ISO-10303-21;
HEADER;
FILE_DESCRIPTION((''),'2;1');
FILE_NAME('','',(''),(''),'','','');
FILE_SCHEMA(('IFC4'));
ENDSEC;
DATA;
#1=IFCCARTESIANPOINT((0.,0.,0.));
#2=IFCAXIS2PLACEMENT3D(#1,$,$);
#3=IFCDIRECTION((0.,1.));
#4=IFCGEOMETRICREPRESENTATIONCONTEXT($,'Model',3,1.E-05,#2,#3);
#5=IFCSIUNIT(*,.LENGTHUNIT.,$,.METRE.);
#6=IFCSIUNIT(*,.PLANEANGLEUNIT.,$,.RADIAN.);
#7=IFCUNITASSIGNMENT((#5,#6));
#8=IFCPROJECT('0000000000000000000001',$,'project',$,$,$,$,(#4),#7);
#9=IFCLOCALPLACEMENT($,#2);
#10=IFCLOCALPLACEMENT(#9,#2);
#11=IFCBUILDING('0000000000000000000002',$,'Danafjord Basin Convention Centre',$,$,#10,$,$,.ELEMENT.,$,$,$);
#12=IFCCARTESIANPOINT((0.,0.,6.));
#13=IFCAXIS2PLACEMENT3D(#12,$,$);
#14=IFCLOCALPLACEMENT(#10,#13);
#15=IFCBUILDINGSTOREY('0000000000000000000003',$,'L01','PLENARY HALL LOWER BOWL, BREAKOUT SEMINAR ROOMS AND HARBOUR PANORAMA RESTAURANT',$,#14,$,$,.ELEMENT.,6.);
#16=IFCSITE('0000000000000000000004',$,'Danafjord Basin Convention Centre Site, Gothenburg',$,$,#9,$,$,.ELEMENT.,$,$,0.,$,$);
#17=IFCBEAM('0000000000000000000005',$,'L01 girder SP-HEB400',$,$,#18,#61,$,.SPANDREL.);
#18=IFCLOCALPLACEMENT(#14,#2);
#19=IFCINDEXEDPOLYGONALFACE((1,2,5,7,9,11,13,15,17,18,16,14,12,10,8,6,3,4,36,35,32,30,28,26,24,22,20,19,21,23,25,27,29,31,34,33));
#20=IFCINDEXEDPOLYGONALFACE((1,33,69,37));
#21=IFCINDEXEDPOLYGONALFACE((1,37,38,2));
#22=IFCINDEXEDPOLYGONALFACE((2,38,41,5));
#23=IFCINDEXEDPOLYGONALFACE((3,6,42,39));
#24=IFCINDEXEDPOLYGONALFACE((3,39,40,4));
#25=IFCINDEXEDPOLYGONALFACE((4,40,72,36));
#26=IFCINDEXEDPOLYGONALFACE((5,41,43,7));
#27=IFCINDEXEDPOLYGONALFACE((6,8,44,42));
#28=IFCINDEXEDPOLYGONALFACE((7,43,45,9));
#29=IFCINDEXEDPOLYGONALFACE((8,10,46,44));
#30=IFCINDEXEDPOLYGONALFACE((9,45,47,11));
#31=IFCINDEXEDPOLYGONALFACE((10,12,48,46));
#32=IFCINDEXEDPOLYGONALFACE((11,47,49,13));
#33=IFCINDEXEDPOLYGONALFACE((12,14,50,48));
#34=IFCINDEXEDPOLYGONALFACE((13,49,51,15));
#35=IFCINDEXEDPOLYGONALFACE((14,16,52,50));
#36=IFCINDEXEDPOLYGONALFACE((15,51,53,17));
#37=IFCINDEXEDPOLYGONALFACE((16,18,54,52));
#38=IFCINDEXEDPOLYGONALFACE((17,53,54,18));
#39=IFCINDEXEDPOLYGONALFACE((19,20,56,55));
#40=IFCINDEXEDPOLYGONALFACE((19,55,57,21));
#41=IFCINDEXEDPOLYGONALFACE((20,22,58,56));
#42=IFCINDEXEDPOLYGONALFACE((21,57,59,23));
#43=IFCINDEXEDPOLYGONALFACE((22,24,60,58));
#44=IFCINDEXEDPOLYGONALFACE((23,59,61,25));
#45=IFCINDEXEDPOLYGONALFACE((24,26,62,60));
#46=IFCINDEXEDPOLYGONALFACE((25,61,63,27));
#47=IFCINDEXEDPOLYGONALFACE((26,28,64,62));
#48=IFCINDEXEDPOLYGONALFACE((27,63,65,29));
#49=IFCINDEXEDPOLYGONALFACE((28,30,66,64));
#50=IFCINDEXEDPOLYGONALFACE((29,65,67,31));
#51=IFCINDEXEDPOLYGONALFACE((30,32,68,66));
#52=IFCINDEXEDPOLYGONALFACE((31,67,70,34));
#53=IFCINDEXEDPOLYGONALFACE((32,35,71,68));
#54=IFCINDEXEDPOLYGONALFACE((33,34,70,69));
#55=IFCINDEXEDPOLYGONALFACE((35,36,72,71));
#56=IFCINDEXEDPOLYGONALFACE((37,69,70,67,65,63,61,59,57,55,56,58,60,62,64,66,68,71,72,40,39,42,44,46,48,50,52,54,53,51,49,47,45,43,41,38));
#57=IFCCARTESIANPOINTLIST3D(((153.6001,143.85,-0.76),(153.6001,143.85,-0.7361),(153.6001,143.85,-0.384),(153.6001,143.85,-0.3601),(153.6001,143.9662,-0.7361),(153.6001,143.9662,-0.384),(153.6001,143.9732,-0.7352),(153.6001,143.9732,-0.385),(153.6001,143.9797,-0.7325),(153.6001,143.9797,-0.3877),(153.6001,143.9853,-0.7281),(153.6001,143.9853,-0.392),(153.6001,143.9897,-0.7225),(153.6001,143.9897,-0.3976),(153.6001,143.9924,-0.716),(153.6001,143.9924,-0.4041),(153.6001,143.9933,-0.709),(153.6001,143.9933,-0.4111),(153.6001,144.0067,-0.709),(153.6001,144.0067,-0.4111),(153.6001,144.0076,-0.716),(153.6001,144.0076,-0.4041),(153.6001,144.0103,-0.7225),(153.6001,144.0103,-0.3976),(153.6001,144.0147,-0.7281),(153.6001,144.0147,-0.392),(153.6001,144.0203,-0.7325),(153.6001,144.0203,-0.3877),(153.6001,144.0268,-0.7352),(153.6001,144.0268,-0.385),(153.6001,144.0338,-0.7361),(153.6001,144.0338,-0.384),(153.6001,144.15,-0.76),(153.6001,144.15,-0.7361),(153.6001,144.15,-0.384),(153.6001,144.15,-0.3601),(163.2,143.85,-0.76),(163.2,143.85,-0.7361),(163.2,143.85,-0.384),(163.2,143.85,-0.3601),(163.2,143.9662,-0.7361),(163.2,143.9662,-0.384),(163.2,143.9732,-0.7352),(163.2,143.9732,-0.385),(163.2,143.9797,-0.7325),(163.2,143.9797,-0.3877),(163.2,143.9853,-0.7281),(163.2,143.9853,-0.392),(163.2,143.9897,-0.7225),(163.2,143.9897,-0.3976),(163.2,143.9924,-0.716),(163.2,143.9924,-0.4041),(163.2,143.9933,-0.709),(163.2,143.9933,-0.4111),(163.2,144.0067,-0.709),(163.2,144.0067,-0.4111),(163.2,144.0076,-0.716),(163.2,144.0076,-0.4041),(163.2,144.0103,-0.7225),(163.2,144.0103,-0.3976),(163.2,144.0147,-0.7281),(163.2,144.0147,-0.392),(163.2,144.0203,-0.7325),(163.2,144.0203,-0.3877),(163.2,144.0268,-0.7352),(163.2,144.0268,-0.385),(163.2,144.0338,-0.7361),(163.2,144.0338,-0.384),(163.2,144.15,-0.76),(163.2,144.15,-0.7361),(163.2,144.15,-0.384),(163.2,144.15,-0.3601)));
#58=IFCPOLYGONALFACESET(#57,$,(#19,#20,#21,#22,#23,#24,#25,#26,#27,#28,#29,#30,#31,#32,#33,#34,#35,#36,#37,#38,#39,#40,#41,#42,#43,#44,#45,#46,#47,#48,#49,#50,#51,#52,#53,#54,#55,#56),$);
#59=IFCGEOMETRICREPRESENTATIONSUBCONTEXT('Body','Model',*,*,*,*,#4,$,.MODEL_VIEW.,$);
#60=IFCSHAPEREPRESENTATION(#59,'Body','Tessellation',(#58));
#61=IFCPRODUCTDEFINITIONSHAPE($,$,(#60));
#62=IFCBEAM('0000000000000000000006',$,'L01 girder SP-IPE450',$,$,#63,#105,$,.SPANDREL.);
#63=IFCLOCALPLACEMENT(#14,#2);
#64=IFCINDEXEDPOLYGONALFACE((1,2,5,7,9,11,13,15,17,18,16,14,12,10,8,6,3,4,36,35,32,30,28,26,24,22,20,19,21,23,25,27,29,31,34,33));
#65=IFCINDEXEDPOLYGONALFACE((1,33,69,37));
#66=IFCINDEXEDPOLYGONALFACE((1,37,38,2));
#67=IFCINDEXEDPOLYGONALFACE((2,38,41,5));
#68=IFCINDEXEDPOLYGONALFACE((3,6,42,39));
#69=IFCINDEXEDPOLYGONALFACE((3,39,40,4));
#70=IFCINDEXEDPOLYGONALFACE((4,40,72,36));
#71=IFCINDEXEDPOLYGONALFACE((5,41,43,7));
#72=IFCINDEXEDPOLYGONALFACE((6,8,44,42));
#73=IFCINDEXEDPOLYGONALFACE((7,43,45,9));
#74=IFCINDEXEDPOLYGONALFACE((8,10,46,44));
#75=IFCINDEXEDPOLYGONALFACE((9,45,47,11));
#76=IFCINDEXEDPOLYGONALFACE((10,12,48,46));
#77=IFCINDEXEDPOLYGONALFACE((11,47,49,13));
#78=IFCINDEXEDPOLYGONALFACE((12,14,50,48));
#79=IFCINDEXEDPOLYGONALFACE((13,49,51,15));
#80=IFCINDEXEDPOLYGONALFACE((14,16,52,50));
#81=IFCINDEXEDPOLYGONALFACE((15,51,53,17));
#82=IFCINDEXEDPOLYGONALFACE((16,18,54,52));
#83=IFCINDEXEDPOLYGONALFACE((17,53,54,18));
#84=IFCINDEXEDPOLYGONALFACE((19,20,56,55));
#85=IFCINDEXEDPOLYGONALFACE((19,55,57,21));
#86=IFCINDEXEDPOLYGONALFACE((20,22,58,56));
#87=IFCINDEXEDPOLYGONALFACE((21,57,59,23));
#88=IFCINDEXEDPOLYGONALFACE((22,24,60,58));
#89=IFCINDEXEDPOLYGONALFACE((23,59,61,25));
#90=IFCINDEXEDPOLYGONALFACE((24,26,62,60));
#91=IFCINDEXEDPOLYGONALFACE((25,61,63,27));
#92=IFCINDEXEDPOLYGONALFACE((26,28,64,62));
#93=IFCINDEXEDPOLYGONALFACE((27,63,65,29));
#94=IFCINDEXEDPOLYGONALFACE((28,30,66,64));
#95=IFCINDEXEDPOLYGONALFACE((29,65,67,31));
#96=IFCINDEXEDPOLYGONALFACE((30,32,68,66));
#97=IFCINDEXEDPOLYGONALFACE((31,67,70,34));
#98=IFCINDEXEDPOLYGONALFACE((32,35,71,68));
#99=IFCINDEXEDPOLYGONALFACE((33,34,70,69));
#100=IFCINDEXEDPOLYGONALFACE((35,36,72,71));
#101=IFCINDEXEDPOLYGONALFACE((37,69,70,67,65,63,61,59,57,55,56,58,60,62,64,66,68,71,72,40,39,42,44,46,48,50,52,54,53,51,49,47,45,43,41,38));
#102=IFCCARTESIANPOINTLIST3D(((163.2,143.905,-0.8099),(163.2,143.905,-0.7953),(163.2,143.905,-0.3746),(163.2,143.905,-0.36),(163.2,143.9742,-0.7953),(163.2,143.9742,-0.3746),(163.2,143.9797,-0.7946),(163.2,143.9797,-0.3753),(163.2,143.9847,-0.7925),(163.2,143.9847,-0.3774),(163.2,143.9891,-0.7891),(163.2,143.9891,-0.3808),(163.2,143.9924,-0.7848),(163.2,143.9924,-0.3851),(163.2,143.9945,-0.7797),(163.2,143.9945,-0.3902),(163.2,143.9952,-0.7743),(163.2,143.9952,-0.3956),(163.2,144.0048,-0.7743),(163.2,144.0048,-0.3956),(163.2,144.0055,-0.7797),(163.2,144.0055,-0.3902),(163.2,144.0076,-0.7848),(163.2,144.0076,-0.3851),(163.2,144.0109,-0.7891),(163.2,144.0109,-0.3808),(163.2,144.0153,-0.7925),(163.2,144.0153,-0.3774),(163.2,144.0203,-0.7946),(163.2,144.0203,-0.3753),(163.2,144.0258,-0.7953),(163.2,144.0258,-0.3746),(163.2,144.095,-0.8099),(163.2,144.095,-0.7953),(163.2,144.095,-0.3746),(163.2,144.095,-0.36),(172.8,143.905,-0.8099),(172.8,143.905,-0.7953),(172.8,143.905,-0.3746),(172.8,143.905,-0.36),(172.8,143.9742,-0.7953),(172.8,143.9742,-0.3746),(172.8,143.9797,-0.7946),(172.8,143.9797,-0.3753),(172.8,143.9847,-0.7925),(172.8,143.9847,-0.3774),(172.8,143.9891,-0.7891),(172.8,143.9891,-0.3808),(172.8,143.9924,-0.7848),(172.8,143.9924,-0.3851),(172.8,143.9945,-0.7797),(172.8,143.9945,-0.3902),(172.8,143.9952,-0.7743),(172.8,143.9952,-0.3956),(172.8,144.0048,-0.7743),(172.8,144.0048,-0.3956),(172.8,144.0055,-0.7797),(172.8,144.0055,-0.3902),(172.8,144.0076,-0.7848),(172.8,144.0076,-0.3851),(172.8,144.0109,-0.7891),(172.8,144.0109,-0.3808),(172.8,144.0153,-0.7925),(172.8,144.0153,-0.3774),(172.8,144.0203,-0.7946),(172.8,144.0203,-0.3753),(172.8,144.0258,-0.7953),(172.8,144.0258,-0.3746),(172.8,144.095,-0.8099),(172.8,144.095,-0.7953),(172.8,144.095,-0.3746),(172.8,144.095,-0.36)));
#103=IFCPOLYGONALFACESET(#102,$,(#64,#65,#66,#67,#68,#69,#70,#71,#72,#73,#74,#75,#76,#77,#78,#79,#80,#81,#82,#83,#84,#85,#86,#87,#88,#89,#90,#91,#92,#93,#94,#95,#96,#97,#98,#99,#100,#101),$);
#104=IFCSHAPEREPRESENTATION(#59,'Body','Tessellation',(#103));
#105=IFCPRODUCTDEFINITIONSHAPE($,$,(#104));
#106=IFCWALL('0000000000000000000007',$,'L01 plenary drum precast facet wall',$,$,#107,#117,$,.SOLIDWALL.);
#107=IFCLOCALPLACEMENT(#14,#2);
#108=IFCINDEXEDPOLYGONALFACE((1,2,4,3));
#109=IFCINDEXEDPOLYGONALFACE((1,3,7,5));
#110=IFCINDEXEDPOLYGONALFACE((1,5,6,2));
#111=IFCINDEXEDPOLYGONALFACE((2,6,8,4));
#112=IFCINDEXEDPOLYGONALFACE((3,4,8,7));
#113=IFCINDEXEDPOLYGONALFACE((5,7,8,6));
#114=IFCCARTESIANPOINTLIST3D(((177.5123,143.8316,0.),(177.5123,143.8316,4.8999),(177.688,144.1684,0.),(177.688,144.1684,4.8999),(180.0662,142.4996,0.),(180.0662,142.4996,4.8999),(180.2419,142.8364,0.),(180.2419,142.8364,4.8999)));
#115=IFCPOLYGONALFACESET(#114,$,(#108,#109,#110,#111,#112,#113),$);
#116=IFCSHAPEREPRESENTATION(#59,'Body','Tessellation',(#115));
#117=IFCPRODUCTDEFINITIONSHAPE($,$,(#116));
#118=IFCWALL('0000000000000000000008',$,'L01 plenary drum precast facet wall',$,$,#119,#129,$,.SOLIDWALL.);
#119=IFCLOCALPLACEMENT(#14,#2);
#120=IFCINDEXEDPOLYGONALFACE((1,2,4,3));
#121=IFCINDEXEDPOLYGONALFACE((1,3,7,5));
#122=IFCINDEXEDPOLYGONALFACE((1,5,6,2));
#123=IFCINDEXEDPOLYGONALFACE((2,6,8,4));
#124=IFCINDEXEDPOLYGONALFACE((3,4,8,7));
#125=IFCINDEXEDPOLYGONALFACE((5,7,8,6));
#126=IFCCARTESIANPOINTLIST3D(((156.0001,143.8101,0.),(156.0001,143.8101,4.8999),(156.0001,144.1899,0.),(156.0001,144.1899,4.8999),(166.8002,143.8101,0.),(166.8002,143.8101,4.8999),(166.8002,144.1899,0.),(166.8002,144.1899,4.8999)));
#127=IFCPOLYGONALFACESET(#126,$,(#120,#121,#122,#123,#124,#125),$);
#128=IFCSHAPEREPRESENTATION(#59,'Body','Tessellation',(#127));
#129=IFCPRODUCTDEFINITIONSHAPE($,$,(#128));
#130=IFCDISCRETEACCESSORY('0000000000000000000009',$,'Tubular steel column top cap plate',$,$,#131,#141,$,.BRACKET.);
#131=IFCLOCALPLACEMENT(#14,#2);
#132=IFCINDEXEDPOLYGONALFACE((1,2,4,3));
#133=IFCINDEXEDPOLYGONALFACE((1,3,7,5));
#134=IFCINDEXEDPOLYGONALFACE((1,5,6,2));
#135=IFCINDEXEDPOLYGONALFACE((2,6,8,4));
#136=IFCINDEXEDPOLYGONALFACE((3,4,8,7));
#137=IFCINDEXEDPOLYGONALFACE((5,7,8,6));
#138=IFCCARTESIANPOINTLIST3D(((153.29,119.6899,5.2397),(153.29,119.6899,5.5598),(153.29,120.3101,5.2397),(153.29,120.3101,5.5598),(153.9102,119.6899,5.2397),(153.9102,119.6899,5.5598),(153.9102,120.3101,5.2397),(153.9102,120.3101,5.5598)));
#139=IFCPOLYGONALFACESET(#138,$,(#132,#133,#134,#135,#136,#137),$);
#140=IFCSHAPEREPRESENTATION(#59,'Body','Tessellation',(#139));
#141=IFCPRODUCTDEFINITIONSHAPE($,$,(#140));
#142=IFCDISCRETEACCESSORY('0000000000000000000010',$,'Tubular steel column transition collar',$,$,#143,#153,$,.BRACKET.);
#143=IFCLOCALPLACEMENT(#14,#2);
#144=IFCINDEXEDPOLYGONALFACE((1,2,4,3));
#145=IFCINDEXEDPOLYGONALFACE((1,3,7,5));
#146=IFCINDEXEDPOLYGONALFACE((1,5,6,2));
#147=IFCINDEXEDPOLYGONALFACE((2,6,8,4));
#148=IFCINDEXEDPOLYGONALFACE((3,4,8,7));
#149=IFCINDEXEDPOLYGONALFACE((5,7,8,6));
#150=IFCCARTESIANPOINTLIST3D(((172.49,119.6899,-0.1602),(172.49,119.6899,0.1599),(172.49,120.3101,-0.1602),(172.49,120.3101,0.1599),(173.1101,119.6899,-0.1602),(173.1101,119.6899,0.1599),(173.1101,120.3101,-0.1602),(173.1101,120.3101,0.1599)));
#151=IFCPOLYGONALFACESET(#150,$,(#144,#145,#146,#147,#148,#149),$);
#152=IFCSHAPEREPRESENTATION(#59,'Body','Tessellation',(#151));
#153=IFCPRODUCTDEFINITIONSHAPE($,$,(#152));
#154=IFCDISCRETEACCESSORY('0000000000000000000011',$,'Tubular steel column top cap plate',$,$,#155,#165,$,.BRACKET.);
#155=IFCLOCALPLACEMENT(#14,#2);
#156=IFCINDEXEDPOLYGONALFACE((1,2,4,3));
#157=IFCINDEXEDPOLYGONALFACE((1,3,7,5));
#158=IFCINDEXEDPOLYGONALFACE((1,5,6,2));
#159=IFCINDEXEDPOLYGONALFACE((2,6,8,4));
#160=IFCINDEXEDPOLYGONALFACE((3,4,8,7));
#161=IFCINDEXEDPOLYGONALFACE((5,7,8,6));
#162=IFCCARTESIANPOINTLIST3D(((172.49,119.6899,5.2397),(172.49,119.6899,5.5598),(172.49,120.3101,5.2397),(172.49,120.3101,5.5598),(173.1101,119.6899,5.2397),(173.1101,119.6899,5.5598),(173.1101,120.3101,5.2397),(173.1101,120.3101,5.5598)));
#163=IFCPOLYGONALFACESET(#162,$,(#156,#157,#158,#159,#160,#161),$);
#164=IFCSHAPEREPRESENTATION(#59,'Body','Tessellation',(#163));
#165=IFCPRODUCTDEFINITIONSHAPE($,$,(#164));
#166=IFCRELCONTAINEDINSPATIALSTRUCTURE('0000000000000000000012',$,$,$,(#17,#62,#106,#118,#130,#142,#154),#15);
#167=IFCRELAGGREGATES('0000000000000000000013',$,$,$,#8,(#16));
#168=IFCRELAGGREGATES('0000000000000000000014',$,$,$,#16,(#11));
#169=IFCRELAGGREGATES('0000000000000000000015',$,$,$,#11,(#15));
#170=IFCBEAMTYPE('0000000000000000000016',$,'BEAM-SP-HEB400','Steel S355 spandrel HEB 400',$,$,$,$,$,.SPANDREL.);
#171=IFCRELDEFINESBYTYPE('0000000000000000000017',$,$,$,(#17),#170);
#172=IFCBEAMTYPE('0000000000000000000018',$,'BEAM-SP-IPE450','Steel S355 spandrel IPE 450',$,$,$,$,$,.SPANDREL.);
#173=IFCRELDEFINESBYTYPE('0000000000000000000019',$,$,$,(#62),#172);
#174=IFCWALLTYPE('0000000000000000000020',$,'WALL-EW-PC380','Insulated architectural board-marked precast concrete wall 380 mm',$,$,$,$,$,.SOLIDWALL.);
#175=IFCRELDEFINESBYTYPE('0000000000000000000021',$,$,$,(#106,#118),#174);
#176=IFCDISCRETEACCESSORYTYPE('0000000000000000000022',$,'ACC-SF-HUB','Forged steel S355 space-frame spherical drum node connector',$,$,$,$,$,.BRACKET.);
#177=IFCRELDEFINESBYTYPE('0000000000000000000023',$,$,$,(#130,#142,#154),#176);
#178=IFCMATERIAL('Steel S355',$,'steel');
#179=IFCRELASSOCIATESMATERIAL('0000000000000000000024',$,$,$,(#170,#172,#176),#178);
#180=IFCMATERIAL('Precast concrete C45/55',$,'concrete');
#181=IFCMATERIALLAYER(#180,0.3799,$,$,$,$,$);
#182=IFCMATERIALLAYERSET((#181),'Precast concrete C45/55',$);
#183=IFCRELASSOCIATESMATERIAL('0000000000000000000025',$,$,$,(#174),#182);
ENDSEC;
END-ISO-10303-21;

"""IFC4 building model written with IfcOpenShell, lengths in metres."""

from ifc_helpers import new_model, si_unit, direction, frame, frame_2d, origin, origin_2d, place, context, subcontext, project, spatial, rectangle, i_section, extrude, material, layer, layer_set, material_profile, profile_set, type_object, element, save


model = new_model("IFC4")

# Units and contexts
model_context = context("Model", 3, precision=1e-05, world=origin(), true_north=direction((0.0, 1.0)))
body_context = subcontext(model_context, "Body", "Model", "MODEL_VIEW")
ifc_project = project(units=[si_unit("LENGTHUNIT", "METRE"), si_unit("PLANEANGLEUNIT", "RADIAN")], contexts=[model_context])

# Site, building, storey
site_placement = place(None, origin())
site = spatial("IfcSite", under=ifc_project, at=site_placement, Name="Danafjord Basin Convention Centre Site, Gothenburg", CompositionType="ELEMENT", RefElevation=0.0)
building_placement = place(site_placement, origin())
building = spatial("IfcBuilding", under=site, at=building_placement, Name="Danafjord Basin Convention Centre", CompositionType="ELEMENT")
storey_placement = place(building_placement, frame((0.0, 0.0, 6.0)))
storey = spatial("IfcBuildingStorey", under=building, at=storey_placement, Name="L01", Description="PLENARY HALL LOWER BOWL, BREAKOUT SEMINAR ROOMS AND HARBOUR PANORAMA RESTAURANT", CompositionType="ELEMENT", Elevation=6.0)

# Shared definitions
ifc_material_1 = material(Name="Steel S355", Category="steel")

# Beams
ifc_material_profile_1 = material_profile(ifc_material_1, i_section(OverallWidth=0.3, OverallDepth=0.3999, WebThickness=0.0134, FlangeThickness=0.0239, FilletRadius=0.0271, at=origin_2d()), Name="HEB 400")
ifc_profile_set_1 = profile_set([ifc_material_profile_1], Name="Steel S355")
beam_type_1 = type_object("IfcBeamType", Name="BEAM-SP-HEB400", Description="Steel S355 spandrel HEB 400", PredefinedType="SPANDREL", material=ifc_profile_set_1)
beam_1_placement = place(storey_placement, frame((153.6001, 144.0, -0.5601), z_axis=(1.0, 0.0, 0.0), x_axis=(0.0, 1.0, 0.0)))
element("IfcBeam", 1, at=beam_1_placement, inside=storey, type_object=beam_type_1, Name="L01 girder SP-HEB400", PredefinedType="SPANDREL", context=body_context, shape_type="SweptSolid", body=[
    extrude(i_section(OverallWidth=0.3, OverallDepth=0.3999, WebThickness=0.0134, FlangeThickness=0.0239, FilletRadius=0.0271, at=origin_2d()), origin(), (0.0, 0.0, 1.0), 9.5999),
])
ifc_material_profile_2 = material_profile(ifc_material_1, i_section(OverallWidth=0.1899, OverallDepth=0.45, WebThickness=0.0095, FlangeThickness=0.0146, FilletRadius=0.021, at=origin_2d()), Name="IPE 450")
ifc_profile_set_2 = profile_set([ifc_material_profile_2], Name="Steel S355")
beam_type_2 = type_object("IfcBeamType", Name="BEAM-SP-IPE450", Description="Steel S355 spandrel IPE 450", PredefinedType="SPANDREL", material=ifc_profile_set_2)
beam_2_placement = place(storey_placement, frame((163.2, 144.0, -0.585), z_axis=(1.0, 0.0, 0.0), x_axis=(0.0, 1.0, 0.0)))
element("IfcBeam", 2, at=beam_2_placement, inside=storey, type_object=beam_type_2, Name="L01 girder SP-IPE450", PredefinedType="SPANDREL", context=body_context, shape_type="SweptSolid", body=[
    extrude(i_section(OverallWidth=0.1899, OverallDepth=0.45, WebThickness=0.0095, FlangeThickness=0.0146, FilletRadius=0.021, at=origin_2d()), origin(), (0.0, 0.0, 1.0), 9.6001),
])

# Walls
ifc_material_2 = material(Name="Precast concrete C45/55", Category="concrete")
ifc_layer = layer(ifc_material_2, 0.3799)
ifc_layer_set = layer_set([ifc_layer], Name="Precast concrete C45/55")
wall_type = type_object("IfcWallType", Name="WALL-EW-PC380", Description="Insulated architectural board-marked precast concrete wall 380 mm", PredefinedType="SOLIDWALL", material=ifc_layer_set)
wall_1_placement = place(storey_placement, frame((180.1541, 142.668, 0.0), z_axis=(0.0, 0.0, 1.0), x_axis=(-0.886651, 0.462439, 0.0)))
element("IfcWall", 3, at=wall_1_placement, inside=storey, type_object=wall_type, Name="L01 plenary drum precast facet wall", PredefinedType="SOLIDWALL", context=body_context, shape_type="SweptSolid", body=[
    extrude(rectangle(XDim=2.8804, YDim=0.3799, at=frame_2d((1.4402, 0.0))), origin(), (0.0, 0.0, 1.0), 4.8999),
])
wall_2_placement = place(storey_placement, frame((166.8, 144.0, 0.0), z_axis=(0.0, 0.0, 1.0), x_axis=(-1.0, 0.0, 0.0)))
element("IfcWall", 4, at=wall_2_placement, inside=storey, type_object=wall_type, Name="L01 plenary drum precast facet wall", PredefinedType="SOLIDWALL", context=body_context, shape_type="SweptSolid", body=[
    extrude(rectangle(XDim=10.8, YDim=0.3799, at=frame_2d((5.3999, 0.0))), origin(), (0.0, 0.0, 1.0), 4.8999),
])

# Discrete accessories
discrete_accessory_type = type_object("IfcDiscreteAccessoryType", Name="ACC-SF-HUB", Description="Forged steel S355 space-frame spherical drum node connector", PredefinedType="BRACKET", material=ifc_material_1)
for number, where, z_axis, x_axis, name in (
    (5, (153.6001, 120.0, 5.2397), (0.0, 0.0, 1.0), (1.0, 0.0, 0.0), "Tubular steel column top cap plate"),
    (6, (172.8, 120.0, -0.1602), (0.0, 0.0, 1.0), (1.0, 0.0, 0.0), "Tubular steel column transition collar"),
    (7, (172.8, 120.0, 5.2397), (0.0, 0.0, 1.0), (1.0, 0.0, 0.0), "Tubular steel column top cap plate"),
):
    element("IfcDiscreteAccessory", number, at=place(storey_placement, frame(where, z_axis=z_axis, x_axis=x_axis)), inside=storey, type_object=discrete_accessory_type, Name=name, PredefinedType="BRACKET", context=body_context, shape_type="SweptSolid", body=[
        extrude(rectangle(XDim=0.6201, YDim=0.6201, at=origin_2d()), origin(), (0.0, 0.0, 1.0), 0.3201),
    ])

save(model, "model.ifc")
